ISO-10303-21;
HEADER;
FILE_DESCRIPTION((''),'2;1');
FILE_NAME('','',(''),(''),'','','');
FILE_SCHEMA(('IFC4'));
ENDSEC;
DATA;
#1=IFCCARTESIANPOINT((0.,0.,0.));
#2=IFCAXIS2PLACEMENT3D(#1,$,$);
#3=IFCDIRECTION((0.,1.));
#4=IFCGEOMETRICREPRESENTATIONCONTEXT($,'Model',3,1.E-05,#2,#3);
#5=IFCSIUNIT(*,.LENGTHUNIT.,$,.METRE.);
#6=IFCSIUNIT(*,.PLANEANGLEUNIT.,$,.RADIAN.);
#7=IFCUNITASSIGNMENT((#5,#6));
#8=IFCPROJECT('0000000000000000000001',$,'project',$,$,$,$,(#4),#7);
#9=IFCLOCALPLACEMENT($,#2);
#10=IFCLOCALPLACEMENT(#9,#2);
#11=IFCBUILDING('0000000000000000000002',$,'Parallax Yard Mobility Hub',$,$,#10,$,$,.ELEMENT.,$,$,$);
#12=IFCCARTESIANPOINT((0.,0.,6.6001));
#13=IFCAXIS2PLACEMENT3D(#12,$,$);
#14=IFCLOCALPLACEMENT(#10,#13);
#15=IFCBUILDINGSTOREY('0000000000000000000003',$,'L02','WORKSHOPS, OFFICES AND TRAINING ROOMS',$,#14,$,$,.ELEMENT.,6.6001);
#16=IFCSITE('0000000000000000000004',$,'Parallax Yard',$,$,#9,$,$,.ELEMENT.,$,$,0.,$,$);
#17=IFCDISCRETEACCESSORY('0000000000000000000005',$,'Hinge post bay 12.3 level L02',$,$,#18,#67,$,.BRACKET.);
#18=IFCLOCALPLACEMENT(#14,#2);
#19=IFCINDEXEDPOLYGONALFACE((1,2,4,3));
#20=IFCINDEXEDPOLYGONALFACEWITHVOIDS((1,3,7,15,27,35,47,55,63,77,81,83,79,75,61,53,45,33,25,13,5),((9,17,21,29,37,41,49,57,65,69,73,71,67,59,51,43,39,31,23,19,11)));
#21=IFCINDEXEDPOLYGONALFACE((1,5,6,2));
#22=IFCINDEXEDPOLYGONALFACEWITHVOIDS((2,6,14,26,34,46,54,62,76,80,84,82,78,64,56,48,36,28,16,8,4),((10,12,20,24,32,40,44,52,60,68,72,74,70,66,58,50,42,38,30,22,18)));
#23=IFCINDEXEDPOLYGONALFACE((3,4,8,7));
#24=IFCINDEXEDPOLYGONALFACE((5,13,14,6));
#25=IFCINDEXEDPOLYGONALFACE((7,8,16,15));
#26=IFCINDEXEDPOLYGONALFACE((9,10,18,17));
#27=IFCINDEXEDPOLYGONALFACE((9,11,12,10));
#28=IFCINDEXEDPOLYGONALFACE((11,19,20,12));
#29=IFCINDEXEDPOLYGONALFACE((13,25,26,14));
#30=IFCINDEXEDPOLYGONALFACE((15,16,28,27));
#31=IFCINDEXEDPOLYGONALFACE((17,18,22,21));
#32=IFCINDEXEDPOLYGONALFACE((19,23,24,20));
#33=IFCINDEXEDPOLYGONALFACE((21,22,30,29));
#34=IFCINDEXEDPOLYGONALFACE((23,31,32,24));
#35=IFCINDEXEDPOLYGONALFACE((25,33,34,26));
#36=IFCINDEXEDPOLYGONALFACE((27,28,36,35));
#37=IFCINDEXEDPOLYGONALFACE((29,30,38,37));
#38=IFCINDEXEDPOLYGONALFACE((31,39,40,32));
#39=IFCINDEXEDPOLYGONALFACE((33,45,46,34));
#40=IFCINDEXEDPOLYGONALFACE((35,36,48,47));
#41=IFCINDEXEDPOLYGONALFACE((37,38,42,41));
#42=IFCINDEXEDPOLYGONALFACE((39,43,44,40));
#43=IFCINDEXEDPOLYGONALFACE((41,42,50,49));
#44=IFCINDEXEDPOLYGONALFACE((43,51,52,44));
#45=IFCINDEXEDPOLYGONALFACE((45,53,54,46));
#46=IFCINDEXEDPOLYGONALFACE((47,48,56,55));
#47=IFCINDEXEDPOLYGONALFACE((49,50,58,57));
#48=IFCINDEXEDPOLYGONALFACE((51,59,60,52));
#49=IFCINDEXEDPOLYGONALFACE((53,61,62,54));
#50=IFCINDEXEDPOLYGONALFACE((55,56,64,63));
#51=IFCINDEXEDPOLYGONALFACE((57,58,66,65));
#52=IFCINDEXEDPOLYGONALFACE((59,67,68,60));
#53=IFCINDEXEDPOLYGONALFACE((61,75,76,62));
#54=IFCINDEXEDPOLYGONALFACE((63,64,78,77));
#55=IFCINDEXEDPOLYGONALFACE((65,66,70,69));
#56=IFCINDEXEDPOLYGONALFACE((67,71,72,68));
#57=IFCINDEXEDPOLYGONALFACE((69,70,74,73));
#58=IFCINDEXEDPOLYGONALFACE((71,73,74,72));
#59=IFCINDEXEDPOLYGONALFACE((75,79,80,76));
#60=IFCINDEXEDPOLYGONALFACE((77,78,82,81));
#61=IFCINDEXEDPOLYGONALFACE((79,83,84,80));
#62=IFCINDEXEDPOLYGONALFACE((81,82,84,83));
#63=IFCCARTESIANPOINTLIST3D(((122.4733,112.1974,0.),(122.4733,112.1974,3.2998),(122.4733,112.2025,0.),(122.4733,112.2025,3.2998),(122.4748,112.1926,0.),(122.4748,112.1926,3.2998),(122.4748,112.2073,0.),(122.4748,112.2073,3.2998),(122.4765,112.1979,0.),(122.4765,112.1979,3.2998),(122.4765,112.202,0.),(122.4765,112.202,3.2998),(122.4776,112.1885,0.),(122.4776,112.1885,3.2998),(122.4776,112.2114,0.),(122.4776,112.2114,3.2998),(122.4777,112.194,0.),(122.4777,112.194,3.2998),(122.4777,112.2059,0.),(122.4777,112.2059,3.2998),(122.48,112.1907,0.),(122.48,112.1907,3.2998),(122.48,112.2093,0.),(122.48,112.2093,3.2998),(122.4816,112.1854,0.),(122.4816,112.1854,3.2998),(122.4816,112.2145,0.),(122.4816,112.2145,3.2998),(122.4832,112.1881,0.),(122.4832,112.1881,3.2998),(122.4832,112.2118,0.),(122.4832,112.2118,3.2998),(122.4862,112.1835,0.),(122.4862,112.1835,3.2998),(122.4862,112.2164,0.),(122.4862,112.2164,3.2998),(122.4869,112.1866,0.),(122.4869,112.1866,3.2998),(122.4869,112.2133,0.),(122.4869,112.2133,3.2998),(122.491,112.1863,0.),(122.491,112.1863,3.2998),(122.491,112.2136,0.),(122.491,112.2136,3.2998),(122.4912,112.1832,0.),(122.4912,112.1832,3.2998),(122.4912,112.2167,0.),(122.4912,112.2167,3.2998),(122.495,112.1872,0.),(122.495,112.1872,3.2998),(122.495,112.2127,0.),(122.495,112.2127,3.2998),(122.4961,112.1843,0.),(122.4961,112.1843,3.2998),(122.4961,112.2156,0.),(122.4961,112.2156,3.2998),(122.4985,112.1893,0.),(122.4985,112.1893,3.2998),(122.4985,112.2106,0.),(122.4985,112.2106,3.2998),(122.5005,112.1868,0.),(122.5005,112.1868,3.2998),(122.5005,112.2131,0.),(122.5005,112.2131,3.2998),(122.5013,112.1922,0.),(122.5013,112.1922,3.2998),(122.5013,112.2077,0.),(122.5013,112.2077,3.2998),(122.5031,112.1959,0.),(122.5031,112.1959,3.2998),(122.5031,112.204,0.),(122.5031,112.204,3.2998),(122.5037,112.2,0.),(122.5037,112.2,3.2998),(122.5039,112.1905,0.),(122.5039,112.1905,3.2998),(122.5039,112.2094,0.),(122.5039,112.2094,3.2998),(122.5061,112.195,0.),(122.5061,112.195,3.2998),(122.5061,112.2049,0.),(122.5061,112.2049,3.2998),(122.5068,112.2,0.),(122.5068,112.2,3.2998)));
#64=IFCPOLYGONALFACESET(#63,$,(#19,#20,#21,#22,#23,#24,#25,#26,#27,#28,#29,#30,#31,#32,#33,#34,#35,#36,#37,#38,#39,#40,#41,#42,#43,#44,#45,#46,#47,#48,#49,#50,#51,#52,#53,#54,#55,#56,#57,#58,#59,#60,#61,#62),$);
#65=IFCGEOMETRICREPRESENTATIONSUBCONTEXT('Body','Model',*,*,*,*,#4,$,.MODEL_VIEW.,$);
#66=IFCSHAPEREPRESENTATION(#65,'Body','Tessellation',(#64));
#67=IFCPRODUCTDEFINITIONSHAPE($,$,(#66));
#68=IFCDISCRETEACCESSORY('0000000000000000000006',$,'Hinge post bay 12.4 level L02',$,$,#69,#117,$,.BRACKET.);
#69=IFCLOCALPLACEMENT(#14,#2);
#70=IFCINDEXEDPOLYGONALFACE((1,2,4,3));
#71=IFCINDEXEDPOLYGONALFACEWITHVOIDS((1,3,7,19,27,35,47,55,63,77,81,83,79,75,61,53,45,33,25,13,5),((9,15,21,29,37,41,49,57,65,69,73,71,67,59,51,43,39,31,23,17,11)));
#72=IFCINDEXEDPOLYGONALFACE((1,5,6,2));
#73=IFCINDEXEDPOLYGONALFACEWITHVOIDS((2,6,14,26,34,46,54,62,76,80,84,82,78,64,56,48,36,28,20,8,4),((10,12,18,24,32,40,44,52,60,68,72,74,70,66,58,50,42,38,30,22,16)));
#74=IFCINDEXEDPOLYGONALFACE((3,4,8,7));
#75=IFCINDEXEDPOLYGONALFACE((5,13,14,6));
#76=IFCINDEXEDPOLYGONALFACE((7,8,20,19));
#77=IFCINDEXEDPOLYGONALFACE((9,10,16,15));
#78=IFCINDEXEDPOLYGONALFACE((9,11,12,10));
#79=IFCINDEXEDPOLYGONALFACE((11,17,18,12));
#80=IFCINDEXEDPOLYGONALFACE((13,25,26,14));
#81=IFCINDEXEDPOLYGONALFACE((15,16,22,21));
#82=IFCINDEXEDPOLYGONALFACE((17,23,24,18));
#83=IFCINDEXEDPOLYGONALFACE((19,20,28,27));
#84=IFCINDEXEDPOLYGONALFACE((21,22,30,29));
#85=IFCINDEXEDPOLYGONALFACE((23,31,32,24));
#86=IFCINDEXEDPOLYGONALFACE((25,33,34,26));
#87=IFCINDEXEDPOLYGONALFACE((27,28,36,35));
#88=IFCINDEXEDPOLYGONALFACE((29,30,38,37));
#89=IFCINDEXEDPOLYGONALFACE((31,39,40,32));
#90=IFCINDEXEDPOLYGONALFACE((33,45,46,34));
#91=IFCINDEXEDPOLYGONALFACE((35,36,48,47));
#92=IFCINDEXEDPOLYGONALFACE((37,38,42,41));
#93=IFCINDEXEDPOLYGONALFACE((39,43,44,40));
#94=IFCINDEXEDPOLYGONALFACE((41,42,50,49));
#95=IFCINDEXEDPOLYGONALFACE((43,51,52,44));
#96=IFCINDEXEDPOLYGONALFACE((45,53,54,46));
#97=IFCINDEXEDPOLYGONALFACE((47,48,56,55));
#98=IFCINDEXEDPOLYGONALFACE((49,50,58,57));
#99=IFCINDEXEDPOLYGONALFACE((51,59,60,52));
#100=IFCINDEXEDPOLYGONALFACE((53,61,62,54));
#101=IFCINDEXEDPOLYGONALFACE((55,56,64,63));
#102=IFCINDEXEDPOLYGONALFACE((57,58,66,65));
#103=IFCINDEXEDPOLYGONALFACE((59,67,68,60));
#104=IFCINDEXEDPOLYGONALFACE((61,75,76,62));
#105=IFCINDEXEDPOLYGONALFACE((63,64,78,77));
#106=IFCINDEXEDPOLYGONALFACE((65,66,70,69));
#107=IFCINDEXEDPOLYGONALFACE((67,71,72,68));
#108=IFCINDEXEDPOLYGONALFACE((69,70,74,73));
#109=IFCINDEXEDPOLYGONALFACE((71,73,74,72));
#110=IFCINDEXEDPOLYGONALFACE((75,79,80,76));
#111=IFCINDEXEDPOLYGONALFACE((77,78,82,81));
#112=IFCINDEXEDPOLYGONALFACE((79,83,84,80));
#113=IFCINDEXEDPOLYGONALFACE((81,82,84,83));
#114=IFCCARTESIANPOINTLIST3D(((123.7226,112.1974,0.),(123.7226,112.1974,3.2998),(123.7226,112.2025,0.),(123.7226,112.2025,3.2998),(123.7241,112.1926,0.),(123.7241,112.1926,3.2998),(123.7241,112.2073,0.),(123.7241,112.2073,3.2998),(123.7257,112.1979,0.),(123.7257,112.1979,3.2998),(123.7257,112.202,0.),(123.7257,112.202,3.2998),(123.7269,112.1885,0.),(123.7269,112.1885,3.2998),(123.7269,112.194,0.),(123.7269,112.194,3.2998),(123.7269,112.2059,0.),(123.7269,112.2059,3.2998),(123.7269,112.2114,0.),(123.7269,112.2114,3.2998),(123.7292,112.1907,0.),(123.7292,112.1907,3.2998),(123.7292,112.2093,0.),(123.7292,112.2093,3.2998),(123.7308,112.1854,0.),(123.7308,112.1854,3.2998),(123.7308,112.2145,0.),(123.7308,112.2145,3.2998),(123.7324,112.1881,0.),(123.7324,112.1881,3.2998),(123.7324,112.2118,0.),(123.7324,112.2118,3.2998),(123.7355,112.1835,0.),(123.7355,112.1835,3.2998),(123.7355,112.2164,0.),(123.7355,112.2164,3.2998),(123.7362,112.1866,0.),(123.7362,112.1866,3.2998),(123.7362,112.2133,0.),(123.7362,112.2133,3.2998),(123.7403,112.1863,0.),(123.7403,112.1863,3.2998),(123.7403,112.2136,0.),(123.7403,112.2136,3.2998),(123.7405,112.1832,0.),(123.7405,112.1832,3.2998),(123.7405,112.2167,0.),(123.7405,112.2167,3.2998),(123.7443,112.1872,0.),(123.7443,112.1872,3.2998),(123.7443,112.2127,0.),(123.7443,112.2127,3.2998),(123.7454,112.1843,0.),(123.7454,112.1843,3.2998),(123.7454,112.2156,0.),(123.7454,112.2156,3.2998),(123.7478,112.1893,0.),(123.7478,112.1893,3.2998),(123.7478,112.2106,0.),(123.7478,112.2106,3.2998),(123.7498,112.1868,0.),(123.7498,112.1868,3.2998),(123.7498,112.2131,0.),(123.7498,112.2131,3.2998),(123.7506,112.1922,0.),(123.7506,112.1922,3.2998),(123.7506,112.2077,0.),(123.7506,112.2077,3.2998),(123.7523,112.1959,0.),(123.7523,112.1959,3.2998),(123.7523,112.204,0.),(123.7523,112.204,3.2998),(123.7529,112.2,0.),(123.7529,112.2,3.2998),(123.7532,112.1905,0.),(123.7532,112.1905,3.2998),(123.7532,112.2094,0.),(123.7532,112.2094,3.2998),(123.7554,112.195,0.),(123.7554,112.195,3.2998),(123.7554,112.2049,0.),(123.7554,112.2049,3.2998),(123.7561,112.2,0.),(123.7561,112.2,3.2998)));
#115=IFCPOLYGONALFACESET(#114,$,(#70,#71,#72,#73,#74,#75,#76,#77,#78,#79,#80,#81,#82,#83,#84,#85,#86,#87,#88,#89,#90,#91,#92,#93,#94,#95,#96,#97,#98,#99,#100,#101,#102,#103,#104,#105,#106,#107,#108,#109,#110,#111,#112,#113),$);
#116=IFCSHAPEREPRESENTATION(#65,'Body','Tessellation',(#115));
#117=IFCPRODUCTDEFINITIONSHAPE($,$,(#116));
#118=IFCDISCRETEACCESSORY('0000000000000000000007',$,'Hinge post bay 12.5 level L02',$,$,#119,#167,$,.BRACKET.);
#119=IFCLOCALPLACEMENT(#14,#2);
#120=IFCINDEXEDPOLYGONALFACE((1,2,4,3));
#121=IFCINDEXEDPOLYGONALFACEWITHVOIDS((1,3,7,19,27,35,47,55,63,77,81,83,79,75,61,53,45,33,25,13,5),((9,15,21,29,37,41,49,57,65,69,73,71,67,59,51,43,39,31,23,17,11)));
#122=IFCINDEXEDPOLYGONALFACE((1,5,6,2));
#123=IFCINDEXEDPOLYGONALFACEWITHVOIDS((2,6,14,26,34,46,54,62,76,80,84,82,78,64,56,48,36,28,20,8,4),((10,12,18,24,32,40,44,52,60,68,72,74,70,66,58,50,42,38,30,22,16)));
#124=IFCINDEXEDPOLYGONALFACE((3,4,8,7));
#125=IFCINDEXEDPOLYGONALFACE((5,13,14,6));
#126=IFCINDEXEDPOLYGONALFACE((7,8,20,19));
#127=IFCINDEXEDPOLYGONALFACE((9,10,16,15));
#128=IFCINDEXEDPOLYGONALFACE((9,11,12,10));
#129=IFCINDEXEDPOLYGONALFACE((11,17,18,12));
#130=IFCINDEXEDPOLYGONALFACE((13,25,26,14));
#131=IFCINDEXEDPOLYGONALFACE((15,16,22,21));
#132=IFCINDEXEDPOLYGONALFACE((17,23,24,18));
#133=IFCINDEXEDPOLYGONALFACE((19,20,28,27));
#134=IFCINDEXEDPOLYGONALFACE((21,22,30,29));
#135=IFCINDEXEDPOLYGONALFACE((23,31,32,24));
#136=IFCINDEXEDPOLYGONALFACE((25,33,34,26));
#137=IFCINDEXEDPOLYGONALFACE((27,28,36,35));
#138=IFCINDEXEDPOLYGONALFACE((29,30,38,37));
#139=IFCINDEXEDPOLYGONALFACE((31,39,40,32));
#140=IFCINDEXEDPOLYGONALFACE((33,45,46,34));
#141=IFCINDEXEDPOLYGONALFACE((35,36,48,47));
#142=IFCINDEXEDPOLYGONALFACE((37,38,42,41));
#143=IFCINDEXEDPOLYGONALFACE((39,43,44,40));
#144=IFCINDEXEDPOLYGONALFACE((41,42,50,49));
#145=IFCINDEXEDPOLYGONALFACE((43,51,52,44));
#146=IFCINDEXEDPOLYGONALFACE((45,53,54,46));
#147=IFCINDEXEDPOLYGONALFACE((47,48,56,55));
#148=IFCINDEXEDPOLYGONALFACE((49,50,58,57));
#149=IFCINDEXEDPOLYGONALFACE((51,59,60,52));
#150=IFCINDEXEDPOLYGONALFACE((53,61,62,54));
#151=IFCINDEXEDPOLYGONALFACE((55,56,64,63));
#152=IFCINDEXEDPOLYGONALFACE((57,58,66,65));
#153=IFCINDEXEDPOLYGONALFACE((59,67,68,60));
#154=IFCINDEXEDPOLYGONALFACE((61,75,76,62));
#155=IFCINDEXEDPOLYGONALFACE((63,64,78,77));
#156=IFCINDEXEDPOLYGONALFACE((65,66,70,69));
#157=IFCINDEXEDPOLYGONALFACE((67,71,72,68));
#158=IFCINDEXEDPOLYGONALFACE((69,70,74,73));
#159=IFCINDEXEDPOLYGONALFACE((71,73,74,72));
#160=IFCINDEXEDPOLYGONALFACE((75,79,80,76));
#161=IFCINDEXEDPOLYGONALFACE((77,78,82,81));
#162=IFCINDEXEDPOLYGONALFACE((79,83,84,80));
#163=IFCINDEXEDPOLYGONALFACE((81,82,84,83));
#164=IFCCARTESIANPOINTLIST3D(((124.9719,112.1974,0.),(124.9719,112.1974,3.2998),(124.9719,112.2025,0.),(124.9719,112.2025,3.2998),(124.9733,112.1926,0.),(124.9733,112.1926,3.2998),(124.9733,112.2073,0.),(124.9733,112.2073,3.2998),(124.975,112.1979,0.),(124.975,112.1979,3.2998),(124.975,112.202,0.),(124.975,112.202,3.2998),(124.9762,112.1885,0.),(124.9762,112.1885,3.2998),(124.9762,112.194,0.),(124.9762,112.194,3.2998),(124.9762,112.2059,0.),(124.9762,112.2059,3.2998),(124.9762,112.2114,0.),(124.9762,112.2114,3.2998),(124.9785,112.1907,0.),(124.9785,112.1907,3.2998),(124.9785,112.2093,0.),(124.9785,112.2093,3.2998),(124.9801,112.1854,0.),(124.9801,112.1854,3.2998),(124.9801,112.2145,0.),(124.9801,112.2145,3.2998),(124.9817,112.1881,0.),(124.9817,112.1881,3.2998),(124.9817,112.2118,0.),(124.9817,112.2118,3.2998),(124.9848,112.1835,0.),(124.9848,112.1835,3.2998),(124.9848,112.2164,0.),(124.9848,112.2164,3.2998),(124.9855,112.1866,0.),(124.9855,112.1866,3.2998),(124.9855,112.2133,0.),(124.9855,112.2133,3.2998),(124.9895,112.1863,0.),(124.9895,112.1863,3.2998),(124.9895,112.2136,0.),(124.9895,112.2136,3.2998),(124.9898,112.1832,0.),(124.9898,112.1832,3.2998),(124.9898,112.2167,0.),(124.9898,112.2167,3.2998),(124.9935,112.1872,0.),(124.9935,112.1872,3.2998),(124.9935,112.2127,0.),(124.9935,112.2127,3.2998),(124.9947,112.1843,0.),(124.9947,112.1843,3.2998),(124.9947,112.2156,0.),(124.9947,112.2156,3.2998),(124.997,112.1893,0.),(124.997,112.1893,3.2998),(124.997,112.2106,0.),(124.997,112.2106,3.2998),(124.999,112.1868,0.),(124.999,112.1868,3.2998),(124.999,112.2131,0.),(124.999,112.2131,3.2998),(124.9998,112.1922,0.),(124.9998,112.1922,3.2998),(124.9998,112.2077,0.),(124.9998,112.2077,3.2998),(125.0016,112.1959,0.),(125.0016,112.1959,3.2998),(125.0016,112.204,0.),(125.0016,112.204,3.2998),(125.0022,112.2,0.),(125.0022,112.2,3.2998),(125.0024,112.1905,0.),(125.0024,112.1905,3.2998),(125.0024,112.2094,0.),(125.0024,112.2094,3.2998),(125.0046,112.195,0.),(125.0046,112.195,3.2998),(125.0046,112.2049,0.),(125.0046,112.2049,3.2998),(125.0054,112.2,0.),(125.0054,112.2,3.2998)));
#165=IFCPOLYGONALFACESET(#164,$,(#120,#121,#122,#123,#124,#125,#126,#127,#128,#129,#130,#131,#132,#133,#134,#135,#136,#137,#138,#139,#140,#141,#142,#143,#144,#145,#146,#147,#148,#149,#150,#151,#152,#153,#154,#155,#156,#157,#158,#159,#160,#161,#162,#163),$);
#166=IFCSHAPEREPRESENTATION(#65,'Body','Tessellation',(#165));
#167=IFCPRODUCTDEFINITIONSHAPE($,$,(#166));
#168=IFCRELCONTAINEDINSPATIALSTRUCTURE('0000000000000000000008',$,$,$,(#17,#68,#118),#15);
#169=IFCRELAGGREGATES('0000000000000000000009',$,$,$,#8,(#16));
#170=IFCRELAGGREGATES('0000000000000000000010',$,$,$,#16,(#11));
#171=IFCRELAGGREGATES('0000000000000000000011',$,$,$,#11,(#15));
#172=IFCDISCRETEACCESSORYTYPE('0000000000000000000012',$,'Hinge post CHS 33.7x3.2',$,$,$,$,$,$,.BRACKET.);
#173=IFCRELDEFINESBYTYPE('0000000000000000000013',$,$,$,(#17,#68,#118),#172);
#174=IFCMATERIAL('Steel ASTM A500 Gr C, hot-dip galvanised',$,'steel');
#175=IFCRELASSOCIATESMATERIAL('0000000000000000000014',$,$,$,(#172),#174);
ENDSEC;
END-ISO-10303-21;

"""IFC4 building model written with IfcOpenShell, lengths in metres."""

from ifc_helpers import new_model, si_unit, direction, frame, origin, origin_2d, place, context, subcontext, project, spatial, hollow_circle, extrude, material, material_profile, profile_set, type_object, element, save


model = new_model("IFC4")

# Units and contexts
model_context = context("Model", 3, precision=1e-05, world=origin(), true_north=direction((0.0, 1.0)))
body_context = subcontext(model_context, "Body", "Model", "MODEL_VIEW")
ifc_project = project(units=[si_unit("LENGTHUNIT", "METRE"), si_unit("PLANEANGLEUNIT", "RADIAN")], contexts=[model_context])

# Site, building, storey
site_placement = place(None, origin())
site = spatial("IfcSite", under=ifc_project, at=site_placement, Name="Parallax Yard", CompositionType="ELEMENT", RefElevation=0.0)
building_placement = place(site_placement, origin())
building = spatial("IfcBuilding", under=site, at=building_placement, Name="Parallax Yard Mobility Hub", CompositionType="ELEMENT")
storey_placement = place(building_placement, frame((0.0, 0.0, 6.6001)))
storey = spatial("IfcBuildingStorey", under=building, at=storey_placement, Name="L02", Description="WORKSHOPS, OFFICES AND TRAINING ROOMS", CompositionType="ELEMENT", Elevation=6.6001)

# Discrete accessories
ifc_material_1 = material(Name="Steel ASTM A500 Gr C, hot-dip galvanised", Category="steel")
ifc_material_profile_1 = material_profile(ifc_material_1, hollow_circle(Radius=0.0168, WallThickness=0.0032, at=origin_2d()), Name="CHS 33.7x3.2")
ifc_profile_set_1 = profile_set([ifc_material_profile_1], Name="Steel ASTM A500 Gr C, hot-dip galvanised")
discrete_accessory_type_1 = type_object("IfcDiscreteAccessoryType", Name="Hinge post CHS 33.7x3.2", PredefinedType="BRACKET", material=ifc_profile_set_1)
for number, where, z_axis, x_axis, name in (
    (1, (122.49, 112.2, 0.0), (0.0, 0.0, 1.0), (1.0, 0.0, 0.0), "Hinge post bay 12.3 level L02"),
    (2, (123.7393, 112.2, 0.0), (0.0, 0.0, 1.0), (1.0, 0.0, 0.0), "Hinge post bay 12.4 level L02"),
    (3, (124.9885, 112.2, 0.0), (0.0, 0.0, 1.0), (1.0, 0.0, 0.0), "Hinge post bay 12.5 level L02"),
):
    element("IfcDiscreteAccessory", number, at=place(storey_placement, frame(where, z_axis=z_axis, x_axis=x_axis)), inside=storey, type_object=discrete_accessory_type_1, Name=name, PredefinedType="BRACKET", context=body_context, shape_type="SweptSolid", body=[
        extrude(hollow_circle(Radius=0.0168, WallThickness=0.0032, at=origin_2d()), origin(), (0.0, 0.0, 1.0), 3.2998),
    ])

save(model, "model.ifc")
